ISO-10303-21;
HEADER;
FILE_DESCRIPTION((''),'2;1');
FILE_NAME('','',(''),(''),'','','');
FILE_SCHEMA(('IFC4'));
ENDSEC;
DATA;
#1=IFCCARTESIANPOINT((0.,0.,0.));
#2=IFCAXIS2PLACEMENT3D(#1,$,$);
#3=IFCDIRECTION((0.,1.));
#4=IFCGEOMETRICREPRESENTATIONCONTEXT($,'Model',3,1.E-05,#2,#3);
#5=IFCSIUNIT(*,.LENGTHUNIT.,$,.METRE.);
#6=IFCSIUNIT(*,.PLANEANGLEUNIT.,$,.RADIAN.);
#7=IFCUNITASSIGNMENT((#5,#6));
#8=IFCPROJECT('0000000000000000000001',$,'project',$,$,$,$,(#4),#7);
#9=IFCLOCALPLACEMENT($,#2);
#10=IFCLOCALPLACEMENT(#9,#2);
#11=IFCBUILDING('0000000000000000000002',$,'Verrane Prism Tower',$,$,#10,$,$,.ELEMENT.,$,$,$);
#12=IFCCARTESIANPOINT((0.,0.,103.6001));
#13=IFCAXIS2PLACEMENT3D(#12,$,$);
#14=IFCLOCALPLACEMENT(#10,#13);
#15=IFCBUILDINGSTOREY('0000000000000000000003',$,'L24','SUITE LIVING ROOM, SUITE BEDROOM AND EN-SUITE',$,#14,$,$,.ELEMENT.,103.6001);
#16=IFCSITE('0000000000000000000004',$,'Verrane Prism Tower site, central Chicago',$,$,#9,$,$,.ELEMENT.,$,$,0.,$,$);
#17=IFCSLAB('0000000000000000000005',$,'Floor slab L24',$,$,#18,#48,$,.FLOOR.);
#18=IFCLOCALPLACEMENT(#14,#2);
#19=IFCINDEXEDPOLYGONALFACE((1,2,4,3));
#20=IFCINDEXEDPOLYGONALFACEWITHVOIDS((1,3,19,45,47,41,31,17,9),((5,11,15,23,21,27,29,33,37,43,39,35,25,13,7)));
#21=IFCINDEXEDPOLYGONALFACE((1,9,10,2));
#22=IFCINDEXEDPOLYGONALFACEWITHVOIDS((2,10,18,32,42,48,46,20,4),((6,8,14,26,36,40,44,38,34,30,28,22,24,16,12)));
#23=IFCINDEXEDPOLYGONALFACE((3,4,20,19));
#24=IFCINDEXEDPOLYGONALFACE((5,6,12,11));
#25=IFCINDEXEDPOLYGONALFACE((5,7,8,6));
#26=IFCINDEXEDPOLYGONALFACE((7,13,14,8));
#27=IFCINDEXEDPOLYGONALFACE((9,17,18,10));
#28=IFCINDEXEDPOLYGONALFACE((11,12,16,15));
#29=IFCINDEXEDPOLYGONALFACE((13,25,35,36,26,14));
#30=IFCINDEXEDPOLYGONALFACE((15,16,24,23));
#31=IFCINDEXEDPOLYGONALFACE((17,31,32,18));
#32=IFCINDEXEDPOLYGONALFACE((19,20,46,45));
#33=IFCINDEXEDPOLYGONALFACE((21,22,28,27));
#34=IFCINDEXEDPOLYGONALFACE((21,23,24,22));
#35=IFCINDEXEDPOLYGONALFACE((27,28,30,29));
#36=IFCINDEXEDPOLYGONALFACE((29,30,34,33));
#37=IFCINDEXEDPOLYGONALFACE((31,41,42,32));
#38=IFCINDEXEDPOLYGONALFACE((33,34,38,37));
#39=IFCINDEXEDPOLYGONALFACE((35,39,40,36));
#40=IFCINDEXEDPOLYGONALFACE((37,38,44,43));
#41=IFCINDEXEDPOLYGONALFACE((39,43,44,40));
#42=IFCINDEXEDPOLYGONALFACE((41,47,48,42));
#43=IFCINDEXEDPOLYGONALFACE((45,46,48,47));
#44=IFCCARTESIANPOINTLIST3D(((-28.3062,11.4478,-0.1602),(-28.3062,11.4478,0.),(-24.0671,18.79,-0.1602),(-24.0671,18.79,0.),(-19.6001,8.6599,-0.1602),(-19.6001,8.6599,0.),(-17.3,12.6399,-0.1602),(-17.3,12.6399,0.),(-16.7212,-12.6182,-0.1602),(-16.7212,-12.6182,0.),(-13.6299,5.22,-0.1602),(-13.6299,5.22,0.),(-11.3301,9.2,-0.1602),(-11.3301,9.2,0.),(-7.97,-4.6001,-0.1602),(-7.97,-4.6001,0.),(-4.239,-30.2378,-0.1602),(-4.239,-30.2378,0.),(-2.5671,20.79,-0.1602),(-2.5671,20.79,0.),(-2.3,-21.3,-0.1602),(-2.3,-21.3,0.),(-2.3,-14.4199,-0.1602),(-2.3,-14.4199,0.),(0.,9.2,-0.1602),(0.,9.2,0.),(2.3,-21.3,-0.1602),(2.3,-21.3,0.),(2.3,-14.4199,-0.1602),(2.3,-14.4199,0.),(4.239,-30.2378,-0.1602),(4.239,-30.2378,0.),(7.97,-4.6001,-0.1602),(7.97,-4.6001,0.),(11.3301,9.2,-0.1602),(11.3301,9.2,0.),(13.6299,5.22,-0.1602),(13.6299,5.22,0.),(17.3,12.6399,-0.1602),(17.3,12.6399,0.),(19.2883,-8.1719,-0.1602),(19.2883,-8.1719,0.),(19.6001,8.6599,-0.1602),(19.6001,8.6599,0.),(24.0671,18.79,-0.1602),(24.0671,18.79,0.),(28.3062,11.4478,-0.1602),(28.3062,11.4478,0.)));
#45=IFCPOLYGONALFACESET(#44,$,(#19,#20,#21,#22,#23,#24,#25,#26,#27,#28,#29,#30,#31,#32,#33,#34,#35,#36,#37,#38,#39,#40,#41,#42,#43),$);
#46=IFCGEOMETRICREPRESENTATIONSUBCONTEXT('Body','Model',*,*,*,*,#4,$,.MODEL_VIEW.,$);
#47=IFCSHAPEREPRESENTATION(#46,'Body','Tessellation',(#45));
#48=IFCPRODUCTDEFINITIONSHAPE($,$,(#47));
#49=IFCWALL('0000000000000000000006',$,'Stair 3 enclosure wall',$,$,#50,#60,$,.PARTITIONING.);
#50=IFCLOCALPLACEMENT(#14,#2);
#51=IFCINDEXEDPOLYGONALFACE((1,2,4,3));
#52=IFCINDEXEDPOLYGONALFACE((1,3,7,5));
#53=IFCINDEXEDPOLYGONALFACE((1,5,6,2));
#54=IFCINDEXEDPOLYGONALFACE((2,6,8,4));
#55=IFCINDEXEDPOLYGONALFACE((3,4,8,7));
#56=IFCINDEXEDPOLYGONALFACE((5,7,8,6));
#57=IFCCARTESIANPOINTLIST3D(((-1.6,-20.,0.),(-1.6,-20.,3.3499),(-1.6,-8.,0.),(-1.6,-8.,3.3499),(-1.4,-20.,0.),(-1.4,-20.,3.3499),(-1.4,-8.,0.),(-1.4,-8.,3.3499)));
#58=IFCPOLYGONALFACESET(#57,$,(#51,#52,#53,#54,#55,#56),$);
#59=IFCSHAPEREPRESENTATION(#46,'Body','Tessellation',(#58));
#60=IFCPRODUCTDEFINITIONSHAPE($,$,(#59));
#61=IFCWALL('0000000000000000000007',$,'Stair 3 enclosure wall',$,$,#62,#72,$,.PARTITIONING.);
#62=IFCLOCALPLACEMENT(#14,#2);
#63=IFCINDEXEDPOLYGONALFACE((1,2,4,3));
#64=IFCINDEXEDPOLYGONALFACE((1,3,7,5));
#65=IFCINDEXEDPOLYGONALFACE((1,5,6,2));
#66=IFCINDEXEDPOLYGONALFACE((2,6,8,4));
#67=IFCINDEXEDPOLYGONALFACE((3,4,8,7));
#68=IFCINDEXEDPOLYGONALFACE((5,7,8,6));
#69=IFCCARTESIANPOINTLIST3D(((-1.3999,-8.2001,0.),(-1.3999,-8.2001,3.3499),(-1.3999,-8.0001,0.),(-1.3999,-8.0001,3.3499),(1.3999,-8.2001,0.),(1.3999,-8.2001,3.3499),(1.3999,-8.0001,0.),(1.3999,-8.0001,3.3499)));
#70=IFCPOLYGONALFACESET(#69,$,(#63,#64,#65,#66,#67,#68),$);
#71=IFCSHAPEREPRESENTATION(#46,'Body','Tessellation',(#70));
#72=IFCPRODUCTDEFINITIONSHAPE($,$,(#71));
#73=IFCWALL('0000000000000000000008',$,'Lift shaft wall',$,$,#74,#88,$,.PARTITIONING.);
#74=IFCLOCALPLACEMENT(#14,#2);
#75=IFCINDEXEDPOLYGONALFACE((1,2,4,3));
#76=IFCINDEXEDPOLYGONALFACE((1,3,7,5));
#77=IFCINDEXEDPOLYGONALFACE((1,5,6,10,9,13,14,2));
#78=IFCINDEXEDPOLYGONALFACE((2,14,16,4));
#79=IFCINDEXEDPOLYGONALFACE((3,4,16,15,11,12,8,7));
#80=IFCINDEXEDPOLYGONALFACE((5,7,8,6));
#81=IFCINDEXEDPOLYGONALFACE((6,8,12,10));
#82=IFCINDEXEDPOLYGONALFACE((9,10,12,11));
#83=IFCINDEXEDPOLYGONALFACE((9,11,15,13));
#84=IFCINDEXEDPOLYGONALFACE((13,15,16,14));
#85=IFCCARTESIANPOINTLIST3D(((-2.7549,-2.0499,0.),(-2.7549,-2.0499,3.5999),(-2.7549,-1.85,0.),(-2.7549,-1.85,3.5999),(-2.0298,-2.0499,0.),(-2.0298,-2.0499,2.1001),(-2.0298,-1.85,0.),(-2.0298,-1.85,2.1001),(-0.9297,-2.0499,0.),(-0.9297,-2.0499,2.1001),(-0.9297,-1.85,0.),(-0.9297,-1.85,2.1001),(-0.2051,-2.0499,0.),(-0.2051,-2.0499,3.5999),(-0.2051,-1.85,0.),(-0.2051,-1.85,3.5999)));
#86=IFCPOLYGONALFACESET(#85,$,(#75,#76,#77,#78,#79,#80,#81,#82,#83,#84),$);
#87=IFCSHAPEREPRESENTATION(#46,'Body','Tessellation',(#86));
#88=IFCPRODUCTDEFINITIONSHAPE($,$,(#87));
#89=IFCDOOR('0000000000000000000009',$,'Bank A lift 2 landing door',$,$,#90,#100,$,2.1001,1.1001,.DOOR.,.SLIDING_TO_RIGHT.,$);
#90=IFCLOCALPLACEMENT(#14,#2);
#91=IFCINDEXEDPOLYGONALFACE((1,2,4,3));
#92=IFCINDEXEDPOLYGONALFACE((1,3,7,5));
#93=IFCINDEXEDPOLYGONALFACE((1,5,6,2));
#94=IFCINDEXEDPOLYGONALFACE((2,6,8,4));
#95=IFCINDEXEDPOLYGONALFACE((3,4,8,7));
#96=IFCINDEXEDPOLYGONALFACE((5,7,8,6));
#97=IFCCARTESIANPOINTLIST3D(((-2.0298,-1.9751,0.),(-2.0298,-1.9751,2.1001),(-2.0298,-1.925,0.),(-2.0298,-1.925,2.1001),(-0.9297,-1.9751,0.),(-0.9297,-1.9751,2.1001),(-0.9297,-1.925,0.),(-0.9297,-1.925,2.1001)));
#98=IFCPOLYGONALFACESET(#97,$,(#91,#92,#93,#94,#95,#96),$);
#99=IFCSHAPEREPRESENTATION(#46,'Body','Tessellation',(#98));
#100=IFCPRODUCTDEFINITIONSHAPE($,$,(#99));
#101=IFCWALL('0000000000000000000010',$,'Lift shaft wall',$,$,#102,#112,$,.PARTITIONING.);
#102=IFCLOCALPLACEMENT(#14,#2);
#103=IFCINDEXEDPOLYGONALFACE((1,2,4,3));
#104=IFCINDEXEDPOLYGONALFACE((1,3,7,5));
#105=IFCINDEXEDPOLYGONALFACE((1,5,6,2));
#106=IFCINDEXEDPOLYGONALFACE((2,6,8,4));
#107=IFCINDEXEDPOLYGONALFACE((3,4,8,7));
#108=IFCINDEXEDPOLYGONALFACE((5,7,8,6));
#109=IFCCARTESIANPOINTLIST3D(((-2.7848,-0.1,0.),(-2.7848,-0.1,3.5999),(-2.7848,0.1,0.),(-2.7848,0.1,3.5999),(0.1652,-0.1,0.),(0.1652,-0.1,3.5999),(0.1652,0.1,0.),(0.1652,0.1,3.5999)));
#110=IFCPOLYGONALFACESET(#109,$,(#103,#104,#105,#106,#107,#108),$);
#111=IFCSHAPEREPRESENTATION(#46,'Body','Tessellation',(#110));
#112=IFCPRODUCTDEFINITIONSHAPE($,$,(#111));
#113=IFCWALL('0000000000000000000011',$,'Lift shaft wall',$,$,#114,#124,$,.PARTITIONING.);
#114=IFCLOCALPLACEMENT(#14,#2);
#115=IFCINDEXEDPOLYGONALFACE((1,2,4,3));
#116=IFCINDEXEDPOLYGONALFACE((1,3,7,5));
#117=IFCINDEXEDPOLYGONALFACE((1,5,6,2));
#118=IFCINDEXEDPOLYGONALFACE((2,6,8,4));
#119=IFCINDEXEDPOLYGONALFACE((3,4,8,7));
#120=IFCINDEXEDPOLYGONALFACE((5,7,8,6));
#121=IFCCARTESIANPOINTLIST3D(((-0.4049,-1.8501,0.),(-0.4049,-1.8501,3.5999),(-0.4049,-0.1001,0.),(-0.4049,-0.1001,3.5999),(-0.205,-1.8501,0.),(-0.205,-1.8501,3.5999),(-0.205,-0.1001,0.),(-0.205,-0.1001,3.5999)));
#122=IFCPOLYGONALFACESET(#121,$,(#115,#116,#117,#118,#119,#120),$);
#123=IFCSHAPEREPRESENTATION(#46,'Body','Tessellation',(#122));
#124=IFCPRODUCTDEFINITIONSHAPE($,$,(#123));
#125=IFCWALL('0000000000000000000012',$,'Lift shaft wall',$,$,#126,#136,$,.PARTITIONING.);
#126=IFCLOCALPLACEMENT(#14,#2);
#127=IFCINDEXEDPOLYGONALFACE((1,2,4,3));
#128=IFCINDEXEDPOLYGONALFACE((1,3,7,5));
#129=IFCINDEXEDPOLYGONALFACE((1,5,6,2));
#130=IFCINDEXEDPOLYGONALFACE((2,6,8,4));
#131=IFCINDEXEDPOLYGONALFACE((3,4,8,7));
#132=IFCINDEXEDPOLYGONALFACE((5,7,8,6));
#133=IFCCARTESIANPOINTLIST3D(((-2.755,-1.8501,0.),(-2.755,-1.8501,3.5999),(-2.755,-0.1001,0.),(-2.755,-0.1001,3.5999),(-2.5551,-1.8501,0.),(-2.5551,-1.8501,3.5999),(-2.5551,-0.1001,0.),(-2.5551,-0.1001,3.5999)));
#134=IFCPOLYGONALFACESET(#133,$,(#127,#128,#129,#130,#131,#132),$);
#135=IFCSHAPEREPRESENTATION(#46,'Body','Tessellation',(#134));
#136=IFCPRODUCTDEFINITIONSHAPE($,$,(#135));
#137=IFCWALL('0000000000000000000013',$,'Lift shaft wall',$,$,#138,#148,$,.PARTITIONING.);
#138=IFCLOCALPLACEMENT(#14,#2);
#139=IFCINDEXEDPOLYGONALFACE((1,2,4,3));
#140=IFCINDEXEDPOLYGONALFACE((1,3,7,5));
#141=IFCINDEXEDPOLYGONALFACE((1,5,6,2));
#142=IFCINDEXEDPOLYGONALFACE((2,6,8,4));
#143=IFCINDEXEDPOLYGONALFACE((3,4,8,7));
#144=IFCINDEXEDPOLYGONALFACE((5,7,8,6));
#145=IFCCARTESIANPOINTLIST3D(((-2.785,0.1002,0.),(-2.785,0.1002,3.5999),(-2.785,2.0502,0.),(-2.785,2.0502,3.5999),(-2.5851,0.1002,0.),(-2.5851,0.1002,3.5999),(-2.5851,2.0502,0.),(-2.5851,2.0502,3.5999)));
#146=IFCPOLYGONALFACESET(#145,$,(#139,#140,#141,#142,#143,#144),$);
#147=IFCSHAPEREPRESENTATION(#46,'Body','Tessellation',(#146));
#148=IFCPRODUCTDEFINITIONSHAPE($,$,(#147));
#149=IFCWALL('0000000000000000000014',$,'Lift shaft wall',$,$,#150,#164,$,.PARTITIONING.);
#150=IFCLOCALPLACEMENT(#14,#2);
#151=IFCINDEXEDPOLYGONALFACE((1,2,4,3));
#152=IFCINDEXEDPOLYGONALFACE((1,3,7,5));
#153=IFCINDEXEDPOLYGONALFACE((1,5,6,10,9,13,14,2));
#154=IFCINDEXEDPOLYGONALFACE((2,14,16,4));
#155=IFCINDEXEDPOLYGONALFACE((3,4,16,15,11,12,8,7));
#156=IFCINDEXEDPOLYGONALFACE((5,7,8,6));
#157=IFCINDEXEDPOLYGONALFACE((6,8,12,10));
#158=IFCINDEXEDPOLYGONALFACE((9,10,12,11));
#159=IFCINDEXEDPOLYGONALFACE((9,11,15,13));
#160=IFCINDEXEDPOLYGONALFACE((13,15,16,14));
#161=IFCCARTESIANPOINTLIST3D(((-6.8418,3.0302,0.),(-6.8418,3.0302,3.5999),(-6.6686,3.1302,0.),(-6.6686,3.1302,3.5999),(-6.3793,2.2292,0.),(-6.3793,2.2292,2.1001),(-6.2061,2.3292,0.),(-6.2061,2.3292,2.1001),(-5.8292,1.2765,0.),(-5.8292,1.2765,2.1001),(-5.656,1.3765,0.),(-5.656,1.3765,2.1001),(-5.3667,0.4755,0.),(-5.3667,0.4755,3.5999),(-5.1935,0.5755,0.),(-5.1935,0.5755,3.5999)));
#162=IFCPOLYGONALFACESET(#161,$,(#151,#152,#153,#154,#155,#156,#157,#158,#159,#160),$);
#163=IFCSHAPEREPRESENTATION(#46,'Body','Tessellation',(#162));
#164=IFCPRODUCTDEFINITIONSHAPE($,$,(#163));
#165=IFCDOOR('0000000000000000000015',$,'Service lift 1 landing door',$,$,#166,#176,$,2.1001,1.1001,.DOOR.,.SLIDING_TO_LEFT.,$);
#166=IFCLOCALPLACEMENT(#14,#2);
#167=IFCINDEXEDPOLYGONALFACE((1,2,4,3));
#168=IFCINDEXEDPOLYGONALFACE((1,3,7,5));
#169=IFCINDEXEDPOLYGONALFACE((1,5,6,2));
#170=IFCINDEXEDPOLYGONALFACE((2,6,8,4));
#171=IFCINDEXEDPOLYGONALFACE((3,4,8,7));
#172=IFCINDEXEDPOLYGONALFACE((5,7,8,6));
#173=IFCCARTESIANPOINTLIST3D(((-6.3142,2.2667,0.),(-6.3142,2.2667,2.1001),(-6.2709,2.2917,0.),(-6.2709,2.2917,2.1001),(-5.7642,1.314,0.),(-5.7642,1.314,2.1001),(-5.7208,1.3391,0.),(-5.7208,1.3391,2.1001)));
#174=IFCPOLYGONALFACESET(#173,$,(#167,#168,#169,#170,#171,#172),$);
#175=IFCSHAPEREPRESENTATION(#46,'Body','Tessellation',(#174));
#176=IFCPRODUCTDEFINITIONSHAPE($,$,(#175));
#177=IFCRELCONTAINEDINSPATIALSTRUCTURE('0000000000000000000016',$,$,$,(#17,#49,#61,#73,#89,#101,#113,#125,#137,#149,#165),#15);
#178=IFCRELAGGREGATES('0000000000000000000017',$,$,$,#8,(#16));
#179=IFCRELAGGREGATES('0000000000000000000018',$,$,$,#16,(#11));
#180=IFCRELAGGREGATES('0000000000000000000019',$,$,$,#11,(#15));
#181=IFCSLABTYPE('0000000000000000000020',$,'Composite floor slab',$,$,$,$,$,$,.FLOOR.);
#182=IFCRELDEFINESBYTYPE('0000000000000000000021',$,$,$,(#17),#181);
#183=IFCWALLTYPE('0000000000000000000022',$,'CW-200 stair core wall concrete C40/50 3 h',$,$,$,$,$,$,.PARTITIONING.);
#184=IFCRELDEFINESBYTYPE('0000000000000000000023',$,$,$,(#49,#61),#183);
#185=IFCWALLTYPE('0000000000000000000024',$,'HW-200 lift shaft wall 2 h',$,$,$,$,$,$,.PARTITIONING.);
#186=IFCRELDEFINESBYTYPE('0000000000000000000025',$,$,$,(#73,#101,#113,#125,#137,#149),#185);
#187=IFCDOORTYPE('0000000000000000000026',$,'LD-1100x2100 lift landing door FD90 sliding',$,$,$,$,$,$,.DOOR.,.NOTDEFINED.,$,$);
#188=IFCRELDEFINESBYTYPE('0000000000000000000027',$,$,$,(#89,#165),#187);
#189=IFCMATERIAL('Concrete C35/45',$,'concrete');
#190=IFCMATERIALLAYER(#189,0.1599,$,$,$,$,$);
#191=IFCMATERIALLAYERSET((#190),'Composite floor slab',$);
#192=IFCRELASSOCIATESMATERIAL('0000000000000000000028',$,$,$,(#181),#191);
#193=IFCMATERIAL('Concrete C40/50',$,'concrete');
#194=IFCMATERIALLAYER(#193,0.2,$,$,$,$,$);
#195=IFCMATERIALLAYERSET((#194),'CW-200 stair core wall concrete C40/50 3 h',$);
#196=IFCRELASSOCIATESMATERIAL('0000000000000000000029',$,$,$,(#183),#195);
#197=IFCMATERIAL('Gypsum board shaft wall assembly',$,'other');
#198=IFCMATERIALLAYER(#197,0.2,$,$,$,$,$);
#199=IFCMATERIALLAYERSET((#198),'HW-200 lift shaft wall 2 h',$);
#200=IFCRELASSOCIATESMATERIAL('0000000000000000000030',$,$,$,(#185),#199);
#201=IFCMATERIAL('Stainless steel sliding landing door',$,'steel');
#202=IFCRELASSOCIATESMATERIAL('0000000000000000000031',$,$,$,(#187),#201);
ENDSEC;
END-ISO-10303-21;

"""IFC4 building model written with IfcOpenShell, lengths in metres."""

from ifc_helpers import new_model, si_unit, direction, frame, frame_2d, origin, place, context, subcontext, project, spatial, polyline, rectangle, outline, extrude, material, layer, layer_set, type_object, element, fill, save


model = new_model("IFC4")

# Units and contexts
model_context = context("Model", 3, precision=1e-05, world=origin(), true_north=direction((0.0, 1.0)))
body_context = subcontext(model_context, "Body", "Model", "MODEL_VIEW")
ifc_project = project(units=[si_unit("LENGTHUNIT", "METRE"), si_unit("PLANEANGLEUNIT", "RADIAN")], contexts=[model_context])

# Site, building, storey
site_placement = place(None, origin())
site = spatial("IfcSite", under=ifc_project, at=site_placement, Name="Verrane Prism Tower site, central Chicago", CompositionType="ELEMENT", RefElevation=0.0)
building_placement = place(site_placement, origin())
building = spatial("IfcBuilding", under=site, at=building_placement, Name="Verrane Prism Tower", CompositionType="ELEMENT")
storey_placement = place(building_placement, frame((0.0, 0.0, 103.6001)))
storey = spatial("IfcBuildingStorey", under=building, at=storey_placement, Name="L24", Description="SUITE LIVING ROOM, SUITE BEDROOM AND EN-SUITE", CompositionType="ELEMENT", Elevation=103.6001)

# Slab
ifc_material_1 = material(Name="Concrete C35/45", Category="concrete")
ifc_layer_1 = layer(ifc_material_1, 0.1599)
ifc_layer_set_1 = layer_set([ifc_layer_1], Name="Composite floor slab")
slab_type = type_object("IfcSlabType", Name="Composite floor slab", PredefinedType="FLOOR", material=ifc_layer_set_1)
slab_placement = place(storey_placement, frame((0.0, 0.0, -0.1602)))
element("IfcSlab", 1, at=slab_placement, inside=storey, type_object=slab_type, Name="Floor slab L24", PredefinedType="FLOOR", context=body_context, shape_type="SweptSolid", body=[
    extrude(outline(polyline([(19.2883, -8.1719), (4.239, -30.2378), (-4.239, -30.2378), (-16.7212, -12.6182), (-28.3062, 11.4478), (-24.0671, 18.79), (-2.5671, 20.79), (24.0671, 18.79), (28.3062, 11.4478), (19.2883, -8.1719)]), holes=[polyline([(19.6001, 8.6599), (17.3, 12.6399), (11.3301, 9.2), (0.0, 9.2), (-11.3301, 9.2), (-17.3, 12.6399), (-19.6001, 8.6599), (-13.6299, 5.22), (-7.97, -4.6001), (-2.3, -14.4199), (-2.3, -21.3), (2.3, -21.3), (2.3, -14.4199), (7.97, -4.6001), (13.6299, 5.22), (19.6001, 8.6599)])]), origin(), (0.0, 0.0, 1.0), 0.1602),
])

# Walls
ifc_material_2 = material(Name="Concrete C40/50", Category="concrete")
ifc_layer_2 = layer(ifc_material_2, 0.2)
ifc_layer_set_2 = layer_set([ifc_layer_2], Name="CW-200 stair core wall concrete C40/50 3 h")
wall_type_1 = type_object("IfcWallType", Name="CW-200 stair core wall concrete C40/50 3 h", PredefinedType="PARTITIONING", material=ifc_layer_set_2)
wall_1_placement = place(storey_placement, frame((-1.5, -8.0, 0.0), z_axis=(0.0, 0.0, 1.0), x_axis=(0.0, -1.0, 0.0)))
element("IfcWall", 2, at=wall_1_placement, inside=storey, type_object=wall_type_1, Name="Stair 3 enclosure wall", PredefinedType="PARTITIONING", context=body_context, shape_type="SweptSolid", body=[
    extrude(rectangle(XDim=12.0, YDim=0.2, at=frame_2d((6.0, 0.0))), origin(), (0.0, 0.0, 1.0), 3.3499),
])
wall_2_placement = place(storey_placement, frame((-1.3999, -8.1001, 0.0), z_axis=(0.0, 0.0, 1.0), x_axis=(1.0, 0.0, 0.0)))
element("IfcWall", 3, at=wall_2_placement, inside=storey, type_object=wall_type_1, Name="Stair 3 enclosure wall", PredefinedType="PARTITIONING", context=body_context, shape_type="SweptSolid", body=[
    extrude(rectangle(XDim=2.7998, YDim=0.2, at=frame_2d((1.3999, 0.0))), origin(), (0.0, 0.0, 1.0), 3.3499),
])

# Wall, opening, door
ifc_material_3 = material(Name="Gypsum board shaft wall assembly", Category="other")
ifc_layer_3 = layer(ifc_material_3, 0.2)
ifc_layer_set_3 = layer_set([ifc_layer_3], Name="HW-200 lift shaft wall 2 h")
wall_type_2 = type_object("IfcWallType", Name="HW-200 lift shaft wall 2 h", PredefinedType="PARTITIONING", material=ifc_layer_set_3)
wall_3_placement = place(storey_placement, frame((-2.7549, -1.95, 0.0), z_axis=(0.0, 0.0, 1.0), x_axis=(1.0, 0.0, 0.0)))
wall_3 = element("IfcWall", 4, at=wall_3_placement, inside=storey, type_object=wall_type_2, Name="Lift shaft wall", PredefinedType="PARTITIONING", context=body_context, shape_type="SweptSolid", body=[
    extrude(rectangle(XDim=2.5498, YDim=0.2, at=frame_2d((1.2749, 0.0))), origin(), (0.0, 0.0, 1.0), 3.5999),
])
opening_1_placement = place(wall_3_placement, frame((0.7251, 0.0, 0.0)))
opening_1 = element("IfcOpeningElement", 5, at=opening_1_placement, cuts=wall_3, PredefinedType="OPENING", context=body_context, shape_type="SweptSolid", body=[
    extrude(rectangle(XDim=1.1001, YDim=2.1001, at=frame_2d((0.55, 1.05))), frame((0.0, 0.1099, 0.0), z_axis=(0.0, -1.0, 0.0), x_axis=(1.0, 0.0, 0.0)), (0.0, 0.0, 1.0), 0.22),
])
ifc_material_4 = material(Name="Stainless steel sliding landing door", Category="steel")
door_type_1 = type_object("IfcDoorType", Name="LD-1100x2100 lift landing door FD90 sliding", OperationType="NOTDEFINED", PredefinedType="DOOR", material=ifc_material_4)
door_1_placement = place(opening_1_placement, origin())
door_1 = element("IfcDoor", 6, at=door_1_placement, inside=storey, type_object=door_type_1, Name="Bank A lift 2 landing door", OperationType="SLIDING_TO_RIGHT", OverallHeight=2.1001, OverallWidth=1.1001, PredefinedType="DOOR", context=body_context, shape_type="SweptSolid", body=[
    extrude(rectangle(XDim=1.1001, YDim=2.1001, at=frame_2d((0.55, 1.05))), frame((0.0, 0.0249, 0.0), z_axis=(0.0, -1.0, 0.0), x_axis=(1.0, 0.0, 0.0)), (0.0, 0.0, 1.0), 0.05),
])
fill(opening_1, door_1)

# Walls
wall_4_placement = place(storey_placement, frame((-2.7849, 0.0, 0.0), z_axis=(0.0, 0.0, 1.0), x_axis=(1.0, 0.0, 0.0)))
element("IfcWall", 7, at=wall_4_placement, inside=storey, type_object=wall_type_2, Name="Lift shaft wall", PredefinedType="PARTITIONING", context=body_context, shape_type="SweptSolid", body=[
    extrude(rectangle(XDim=2.95, YDim=0.2, at=frame_2d((1.4751, 0.0))), origin(), (0.0, 0.0, 1.0), 3.5999),
])
for number, where, z_axis, x_axis, name in (
    (8, (-0.3049, -1.8501, 0.0), (0.0, 0.0, 1.0), (0.0, 1.0, 0.0), "Lift shaft wall"),
    (9, (-2.655, -1.8501, 0.0), (0.0, 0.0, 1.0), (0.0, 1.0, 0.0), "Lift shaft wall"),
):
    element("IfcWall", number, at=place(storey_placement, frame(where, z_axis=z_axis, x_axis=x_axis)), inside=storey, type_object=wall_type_2, Name=name, PredefinedType="PARTITIONING", context=body_context, shape_type="SweptSolid", body=[
        extrude(rectangle(XDim=1.75, YDim=0.2, at=frame_2d((0.875, 0.0))), origin(), (0.0, 0.0, 1.0), 3.5999),
    ])
wall_5_placement = place(storey_placement, frame((-2.6851, 0.1001, 0.0), z_axis=(0.0, 0.0, 1.0), x_axis=(0.0, 1.0, 0.0)))
element("IfcWall", 10, at=wall_5_placement, inside=storey, type_object=wall_type_2, Name="Lift shaft wall", PredefinedType="PARTITIONING", context=body_context, shape_type="SweptSolid", body=[
    extrude(rectangle(XDim=1.95, YDim=0.2, at=frame_2d((0.9751, 0.0))), origin(), (0.0, 0.0, 1.0), 3.5999),
])

# Wall, opening, door
wall_6_placement = place(storey_placement, frame((-5.28, 0.5254, 0.0), z_axis=(0.0, 0.0, 1.0), x_axis=(-0.500038, 0.866004, 0.0)))
wall_6 = element("IfcWall", 11, at=wall_6_placement, inside=storey, type_object=wall_type_2, Name="Lift shaft wall", PredefinedType="PARTITIONING", context=body_context, shape_type="SweptSolid", body=[
    extrude(rectangle(XDim=2.95, YDim=0.2, at=frame_2d((1.4751, 0.0))), origin(), (0.0, 0.0, 1.0), 3.5999),
])
opening_2_placement = place(wall_6_placement, frame((0.925, 0.0, 0.0)))
opening_2 = element("IfcOpeningElement", 12, at=opening_2_placement, cuts=wall_6, PredefinedType="OPENING", context=body_context, shape_type="SweptSolid", body=[
    extrude(rectangle(XDim=1.1001, YDim=2.1001, at=frame_2d((0.55, 1.05))), frame((0.0, 0.1099, 0.0), z_axis=(0.0, -1.0, 0.0), x_axis=(1.0, 0.0, 0.0)), (0.0, 0.0, 1.0), 0.22),
])
door_2_placement = place(opening_2_placement, origin())
door_2 = element("IfcDoor", 13, at=door_2_placement, inside=storey, type_object=door_type_1, Name="Service lift 1 landing door", OperationType="SLIDING_TO_LEFT", OverallHeight=2.1001, OverallWidth=1.1001, PredefinedType="DOOR", context=body_context, shape_type="SweptSolid", body=[
    extrude(rectangle(XDim=1.1001, YDim=2.1001, at=frame_2d((0.55, 1.05))), frame((0.0, 0.0249, 0.0), z_axis=(0.0, -1.0, 0.0), x_axis=(1.0, 0.0, 0.0)), (0.0, 0.0, 1.0), 0.05),
])
fill(opening_2, door_2)

save(model, "model.ifc")
